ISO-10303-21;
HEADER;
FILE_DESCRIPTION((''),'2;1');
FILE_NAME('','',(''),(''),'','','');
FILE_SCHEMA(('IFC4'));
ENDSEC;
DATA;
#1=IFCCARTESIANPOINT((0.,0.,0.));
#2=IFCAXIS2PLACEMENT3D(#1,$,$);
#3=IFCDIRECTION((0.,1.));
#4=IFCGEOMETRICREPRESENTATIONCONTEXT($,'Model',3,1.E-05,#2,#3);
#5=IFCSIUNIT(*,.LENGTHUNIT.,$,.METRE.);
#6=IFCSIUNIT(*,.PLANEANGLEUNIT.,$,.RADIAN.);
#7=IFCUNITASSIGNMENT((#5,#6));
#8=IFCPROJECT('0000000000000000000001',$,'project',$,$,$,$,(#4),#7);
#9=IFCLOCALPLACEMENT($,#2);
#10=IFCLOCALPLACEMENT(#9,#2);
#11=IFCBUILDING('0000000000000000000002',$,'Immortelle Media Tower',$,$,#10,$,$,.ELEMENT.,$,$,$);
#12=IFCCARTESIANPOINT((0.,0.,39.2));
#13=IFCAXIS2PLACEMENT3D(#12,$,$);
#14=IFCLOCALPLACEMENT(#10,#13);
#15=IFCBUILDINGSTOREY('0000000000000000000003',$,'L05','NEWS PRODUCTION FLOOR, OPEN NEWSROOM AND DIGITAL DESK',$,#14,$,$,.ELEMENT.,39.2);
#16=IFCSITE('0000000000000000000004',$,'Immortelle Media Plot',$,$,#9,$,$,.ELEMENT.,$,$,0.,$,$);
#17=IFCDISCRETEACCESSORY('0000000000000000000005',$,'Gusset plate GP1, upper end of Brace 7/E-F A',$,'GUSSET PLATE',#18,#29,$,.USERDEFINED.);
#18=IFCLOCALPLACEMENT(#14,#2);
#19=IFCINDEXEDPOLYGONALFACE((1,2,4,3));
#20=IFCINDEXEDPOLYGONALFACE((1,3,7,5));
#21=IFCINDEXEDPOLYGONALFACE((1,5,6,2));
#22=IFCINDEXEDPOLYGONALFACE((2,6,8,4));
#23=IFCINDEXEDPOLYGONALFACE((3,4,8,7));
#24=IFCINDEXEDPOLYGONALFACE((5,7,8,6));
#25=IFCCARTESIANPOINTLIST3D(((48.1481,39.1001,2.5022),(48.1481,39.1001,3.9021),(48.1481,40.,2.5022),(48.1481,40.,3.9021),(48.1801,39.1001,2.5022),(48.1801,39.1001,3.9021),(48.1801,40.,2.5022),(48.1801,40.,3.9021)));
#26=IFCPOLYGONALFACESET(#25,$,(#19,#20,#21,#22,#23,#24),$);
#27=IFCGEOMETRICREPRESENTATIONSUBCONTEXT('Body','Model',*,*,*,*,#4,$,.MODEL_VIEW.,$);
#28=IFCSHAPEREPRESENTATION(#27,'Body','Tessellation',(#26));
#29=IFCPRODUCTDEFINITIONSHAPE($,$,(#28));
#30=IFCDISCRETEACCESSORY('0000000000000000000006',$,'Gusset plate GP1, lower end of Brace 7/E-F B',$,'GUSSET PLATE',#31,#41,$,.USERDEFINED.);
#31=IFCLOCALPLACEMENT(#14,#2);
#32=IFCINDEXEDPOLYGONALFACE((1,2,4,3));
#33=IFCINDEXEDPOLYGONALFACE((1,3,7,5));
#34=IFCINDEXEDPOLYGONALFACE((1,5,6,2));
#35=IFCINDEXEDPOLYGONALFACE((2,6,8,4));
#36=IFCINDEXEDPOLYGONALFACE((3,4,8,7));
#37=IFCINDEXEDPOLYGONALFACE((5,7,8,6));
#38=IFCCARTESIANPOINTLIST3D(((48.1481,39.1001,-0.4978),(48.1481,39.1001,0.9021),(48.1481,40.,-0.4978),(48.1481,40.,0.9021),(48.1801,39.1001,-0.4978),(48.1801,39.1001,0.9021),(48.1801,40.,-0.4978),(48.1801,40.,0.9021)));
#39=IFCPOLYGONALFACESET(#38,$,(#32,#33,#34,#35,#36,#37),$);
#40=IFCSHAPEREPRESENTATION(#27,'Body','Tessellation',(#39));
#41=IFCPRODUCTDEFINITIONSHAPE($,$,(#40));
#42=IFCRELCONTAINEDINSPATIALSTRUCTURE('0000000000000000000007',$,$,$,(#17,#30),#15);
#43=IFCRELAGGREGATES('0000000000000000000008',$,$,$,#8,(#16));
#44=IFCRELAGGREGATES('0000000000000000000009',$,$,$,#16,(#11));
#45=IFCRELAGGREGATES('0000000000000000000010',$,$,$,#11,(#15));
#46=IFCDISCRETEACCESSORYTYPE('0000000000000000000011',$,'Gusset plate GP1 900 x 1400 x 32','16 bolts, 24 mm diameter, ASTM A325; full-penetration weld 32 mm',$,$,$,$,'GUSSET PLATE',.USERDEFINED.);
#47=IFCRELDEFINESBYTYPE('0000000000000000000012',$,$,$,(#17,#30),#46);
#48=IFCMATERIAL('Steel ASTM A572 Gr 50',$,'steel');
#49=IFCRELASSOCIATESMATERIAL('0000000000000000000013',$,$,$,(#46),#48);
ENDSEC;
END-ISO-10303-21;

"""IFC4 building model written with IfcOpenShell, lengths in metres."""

from ifc_helpers import new_model, si_unit, direction, frame, origin, origin_2d, place, context, subcontext, project, spatial, rectangle, extrude, material, material_profile, profile_set, type_object, element, save


model = new_model("IFC4")

# Units and contexts
model_context = context("Model", 3, precision=1e-05, world=origin(), true_north=direction((0.0, 1.0)))
body_context = subcontext(model_context, "Body", "Model", "MODEL_VIEW")
ifc_project = project(units=[si_unit("LENGTHUNIT", "METRE"), si_unit("PLANEANGLEUNIT", "RADIAN")], contexts=[model_context])

# Site, building, storey
site_placement = place(None, origin())
site = spatial("IfcSite", under=ifc_project, at=site_placement, Name="Immortelle Media Plot", CompositionType="ELEMENT", RefElevation=0.0)
building_placement = place(site_placement, origin())
building = spatial("IfcBuilding", under=site, at=building_placement, Name="Immortelle Media Tower", CompositionType="ELEMENT")
storey_placement = place(building_placement, frame((0.0, 0.0, 39.2)))
storey = spatial("IfcBuildingStorey", under=building, at=storey_placement, Name="L05", Description="NEWS PRODUCTION FLOOR, OPEN NEWSROOM AND DIGITAL DESK", CompositionType="ELEMENT", Elevation=39.2)

# Discrete accessories
ifc_material_1 = material(Name="Steel ASTM A572 Gr 50", Category="steel")
ifc_material_profile_1 = material_profile(ifc_material_1, rectangle(XDim=0.032, YDim=1.3999, at=origin_2d()), Name="PL 32 x 1400")
ifc_profile_set_1 = profile_set([ifc_material_profile_1], Name="Steel ASTM A572 Gr 50")
discrete_accessory_type_1 = type_object("IfcDiscreteAccessoryType", Name="Gusset plate GP1 900 x 1400 x 32", Description="16 bolts, 24 mm diameter, ASTM A325; full-penetration weld 32 mm", ElementType="GUSSET PLATE", PredefinedType="USERDEFINED", material=ifc_profile_set_1)
for number, where, z_axis, x_axis, name in (
    (1, (48.1641, 40.0, 3.2021), (0.0, -1.0, 0.0), (1.0, 0.0, 0.0), "Gusset plate GP1, upper end of Brace 7/E-F A"),
    (2, (48.1641, 40.0, 0.2021), (0.0, -1.0, 0.0), (1.0, 0.0, 0.0), "Gusset plate GP1, lower end of Brace 7/E-F B"),
):
    element("IfcDiscreteAccessory", number, at=place(storey_placement, frame(where, z_axis=z_axis, x_axis=x_axis)), inside=storey, type_object=discrete_accessory_type_1, Name=name, ObjectType="GUSSET PLATE", PredefinedType="USERDEFINED", context=body_context, shape_type="SweptSolid", body=[
        extrude(rectangle(XDim=0.032, YDim=1.3999, at=origin_2d()), origin(), (0.0, 0.0, 1.0), 0.8999),
    ])

save(model, "model.ifc")
